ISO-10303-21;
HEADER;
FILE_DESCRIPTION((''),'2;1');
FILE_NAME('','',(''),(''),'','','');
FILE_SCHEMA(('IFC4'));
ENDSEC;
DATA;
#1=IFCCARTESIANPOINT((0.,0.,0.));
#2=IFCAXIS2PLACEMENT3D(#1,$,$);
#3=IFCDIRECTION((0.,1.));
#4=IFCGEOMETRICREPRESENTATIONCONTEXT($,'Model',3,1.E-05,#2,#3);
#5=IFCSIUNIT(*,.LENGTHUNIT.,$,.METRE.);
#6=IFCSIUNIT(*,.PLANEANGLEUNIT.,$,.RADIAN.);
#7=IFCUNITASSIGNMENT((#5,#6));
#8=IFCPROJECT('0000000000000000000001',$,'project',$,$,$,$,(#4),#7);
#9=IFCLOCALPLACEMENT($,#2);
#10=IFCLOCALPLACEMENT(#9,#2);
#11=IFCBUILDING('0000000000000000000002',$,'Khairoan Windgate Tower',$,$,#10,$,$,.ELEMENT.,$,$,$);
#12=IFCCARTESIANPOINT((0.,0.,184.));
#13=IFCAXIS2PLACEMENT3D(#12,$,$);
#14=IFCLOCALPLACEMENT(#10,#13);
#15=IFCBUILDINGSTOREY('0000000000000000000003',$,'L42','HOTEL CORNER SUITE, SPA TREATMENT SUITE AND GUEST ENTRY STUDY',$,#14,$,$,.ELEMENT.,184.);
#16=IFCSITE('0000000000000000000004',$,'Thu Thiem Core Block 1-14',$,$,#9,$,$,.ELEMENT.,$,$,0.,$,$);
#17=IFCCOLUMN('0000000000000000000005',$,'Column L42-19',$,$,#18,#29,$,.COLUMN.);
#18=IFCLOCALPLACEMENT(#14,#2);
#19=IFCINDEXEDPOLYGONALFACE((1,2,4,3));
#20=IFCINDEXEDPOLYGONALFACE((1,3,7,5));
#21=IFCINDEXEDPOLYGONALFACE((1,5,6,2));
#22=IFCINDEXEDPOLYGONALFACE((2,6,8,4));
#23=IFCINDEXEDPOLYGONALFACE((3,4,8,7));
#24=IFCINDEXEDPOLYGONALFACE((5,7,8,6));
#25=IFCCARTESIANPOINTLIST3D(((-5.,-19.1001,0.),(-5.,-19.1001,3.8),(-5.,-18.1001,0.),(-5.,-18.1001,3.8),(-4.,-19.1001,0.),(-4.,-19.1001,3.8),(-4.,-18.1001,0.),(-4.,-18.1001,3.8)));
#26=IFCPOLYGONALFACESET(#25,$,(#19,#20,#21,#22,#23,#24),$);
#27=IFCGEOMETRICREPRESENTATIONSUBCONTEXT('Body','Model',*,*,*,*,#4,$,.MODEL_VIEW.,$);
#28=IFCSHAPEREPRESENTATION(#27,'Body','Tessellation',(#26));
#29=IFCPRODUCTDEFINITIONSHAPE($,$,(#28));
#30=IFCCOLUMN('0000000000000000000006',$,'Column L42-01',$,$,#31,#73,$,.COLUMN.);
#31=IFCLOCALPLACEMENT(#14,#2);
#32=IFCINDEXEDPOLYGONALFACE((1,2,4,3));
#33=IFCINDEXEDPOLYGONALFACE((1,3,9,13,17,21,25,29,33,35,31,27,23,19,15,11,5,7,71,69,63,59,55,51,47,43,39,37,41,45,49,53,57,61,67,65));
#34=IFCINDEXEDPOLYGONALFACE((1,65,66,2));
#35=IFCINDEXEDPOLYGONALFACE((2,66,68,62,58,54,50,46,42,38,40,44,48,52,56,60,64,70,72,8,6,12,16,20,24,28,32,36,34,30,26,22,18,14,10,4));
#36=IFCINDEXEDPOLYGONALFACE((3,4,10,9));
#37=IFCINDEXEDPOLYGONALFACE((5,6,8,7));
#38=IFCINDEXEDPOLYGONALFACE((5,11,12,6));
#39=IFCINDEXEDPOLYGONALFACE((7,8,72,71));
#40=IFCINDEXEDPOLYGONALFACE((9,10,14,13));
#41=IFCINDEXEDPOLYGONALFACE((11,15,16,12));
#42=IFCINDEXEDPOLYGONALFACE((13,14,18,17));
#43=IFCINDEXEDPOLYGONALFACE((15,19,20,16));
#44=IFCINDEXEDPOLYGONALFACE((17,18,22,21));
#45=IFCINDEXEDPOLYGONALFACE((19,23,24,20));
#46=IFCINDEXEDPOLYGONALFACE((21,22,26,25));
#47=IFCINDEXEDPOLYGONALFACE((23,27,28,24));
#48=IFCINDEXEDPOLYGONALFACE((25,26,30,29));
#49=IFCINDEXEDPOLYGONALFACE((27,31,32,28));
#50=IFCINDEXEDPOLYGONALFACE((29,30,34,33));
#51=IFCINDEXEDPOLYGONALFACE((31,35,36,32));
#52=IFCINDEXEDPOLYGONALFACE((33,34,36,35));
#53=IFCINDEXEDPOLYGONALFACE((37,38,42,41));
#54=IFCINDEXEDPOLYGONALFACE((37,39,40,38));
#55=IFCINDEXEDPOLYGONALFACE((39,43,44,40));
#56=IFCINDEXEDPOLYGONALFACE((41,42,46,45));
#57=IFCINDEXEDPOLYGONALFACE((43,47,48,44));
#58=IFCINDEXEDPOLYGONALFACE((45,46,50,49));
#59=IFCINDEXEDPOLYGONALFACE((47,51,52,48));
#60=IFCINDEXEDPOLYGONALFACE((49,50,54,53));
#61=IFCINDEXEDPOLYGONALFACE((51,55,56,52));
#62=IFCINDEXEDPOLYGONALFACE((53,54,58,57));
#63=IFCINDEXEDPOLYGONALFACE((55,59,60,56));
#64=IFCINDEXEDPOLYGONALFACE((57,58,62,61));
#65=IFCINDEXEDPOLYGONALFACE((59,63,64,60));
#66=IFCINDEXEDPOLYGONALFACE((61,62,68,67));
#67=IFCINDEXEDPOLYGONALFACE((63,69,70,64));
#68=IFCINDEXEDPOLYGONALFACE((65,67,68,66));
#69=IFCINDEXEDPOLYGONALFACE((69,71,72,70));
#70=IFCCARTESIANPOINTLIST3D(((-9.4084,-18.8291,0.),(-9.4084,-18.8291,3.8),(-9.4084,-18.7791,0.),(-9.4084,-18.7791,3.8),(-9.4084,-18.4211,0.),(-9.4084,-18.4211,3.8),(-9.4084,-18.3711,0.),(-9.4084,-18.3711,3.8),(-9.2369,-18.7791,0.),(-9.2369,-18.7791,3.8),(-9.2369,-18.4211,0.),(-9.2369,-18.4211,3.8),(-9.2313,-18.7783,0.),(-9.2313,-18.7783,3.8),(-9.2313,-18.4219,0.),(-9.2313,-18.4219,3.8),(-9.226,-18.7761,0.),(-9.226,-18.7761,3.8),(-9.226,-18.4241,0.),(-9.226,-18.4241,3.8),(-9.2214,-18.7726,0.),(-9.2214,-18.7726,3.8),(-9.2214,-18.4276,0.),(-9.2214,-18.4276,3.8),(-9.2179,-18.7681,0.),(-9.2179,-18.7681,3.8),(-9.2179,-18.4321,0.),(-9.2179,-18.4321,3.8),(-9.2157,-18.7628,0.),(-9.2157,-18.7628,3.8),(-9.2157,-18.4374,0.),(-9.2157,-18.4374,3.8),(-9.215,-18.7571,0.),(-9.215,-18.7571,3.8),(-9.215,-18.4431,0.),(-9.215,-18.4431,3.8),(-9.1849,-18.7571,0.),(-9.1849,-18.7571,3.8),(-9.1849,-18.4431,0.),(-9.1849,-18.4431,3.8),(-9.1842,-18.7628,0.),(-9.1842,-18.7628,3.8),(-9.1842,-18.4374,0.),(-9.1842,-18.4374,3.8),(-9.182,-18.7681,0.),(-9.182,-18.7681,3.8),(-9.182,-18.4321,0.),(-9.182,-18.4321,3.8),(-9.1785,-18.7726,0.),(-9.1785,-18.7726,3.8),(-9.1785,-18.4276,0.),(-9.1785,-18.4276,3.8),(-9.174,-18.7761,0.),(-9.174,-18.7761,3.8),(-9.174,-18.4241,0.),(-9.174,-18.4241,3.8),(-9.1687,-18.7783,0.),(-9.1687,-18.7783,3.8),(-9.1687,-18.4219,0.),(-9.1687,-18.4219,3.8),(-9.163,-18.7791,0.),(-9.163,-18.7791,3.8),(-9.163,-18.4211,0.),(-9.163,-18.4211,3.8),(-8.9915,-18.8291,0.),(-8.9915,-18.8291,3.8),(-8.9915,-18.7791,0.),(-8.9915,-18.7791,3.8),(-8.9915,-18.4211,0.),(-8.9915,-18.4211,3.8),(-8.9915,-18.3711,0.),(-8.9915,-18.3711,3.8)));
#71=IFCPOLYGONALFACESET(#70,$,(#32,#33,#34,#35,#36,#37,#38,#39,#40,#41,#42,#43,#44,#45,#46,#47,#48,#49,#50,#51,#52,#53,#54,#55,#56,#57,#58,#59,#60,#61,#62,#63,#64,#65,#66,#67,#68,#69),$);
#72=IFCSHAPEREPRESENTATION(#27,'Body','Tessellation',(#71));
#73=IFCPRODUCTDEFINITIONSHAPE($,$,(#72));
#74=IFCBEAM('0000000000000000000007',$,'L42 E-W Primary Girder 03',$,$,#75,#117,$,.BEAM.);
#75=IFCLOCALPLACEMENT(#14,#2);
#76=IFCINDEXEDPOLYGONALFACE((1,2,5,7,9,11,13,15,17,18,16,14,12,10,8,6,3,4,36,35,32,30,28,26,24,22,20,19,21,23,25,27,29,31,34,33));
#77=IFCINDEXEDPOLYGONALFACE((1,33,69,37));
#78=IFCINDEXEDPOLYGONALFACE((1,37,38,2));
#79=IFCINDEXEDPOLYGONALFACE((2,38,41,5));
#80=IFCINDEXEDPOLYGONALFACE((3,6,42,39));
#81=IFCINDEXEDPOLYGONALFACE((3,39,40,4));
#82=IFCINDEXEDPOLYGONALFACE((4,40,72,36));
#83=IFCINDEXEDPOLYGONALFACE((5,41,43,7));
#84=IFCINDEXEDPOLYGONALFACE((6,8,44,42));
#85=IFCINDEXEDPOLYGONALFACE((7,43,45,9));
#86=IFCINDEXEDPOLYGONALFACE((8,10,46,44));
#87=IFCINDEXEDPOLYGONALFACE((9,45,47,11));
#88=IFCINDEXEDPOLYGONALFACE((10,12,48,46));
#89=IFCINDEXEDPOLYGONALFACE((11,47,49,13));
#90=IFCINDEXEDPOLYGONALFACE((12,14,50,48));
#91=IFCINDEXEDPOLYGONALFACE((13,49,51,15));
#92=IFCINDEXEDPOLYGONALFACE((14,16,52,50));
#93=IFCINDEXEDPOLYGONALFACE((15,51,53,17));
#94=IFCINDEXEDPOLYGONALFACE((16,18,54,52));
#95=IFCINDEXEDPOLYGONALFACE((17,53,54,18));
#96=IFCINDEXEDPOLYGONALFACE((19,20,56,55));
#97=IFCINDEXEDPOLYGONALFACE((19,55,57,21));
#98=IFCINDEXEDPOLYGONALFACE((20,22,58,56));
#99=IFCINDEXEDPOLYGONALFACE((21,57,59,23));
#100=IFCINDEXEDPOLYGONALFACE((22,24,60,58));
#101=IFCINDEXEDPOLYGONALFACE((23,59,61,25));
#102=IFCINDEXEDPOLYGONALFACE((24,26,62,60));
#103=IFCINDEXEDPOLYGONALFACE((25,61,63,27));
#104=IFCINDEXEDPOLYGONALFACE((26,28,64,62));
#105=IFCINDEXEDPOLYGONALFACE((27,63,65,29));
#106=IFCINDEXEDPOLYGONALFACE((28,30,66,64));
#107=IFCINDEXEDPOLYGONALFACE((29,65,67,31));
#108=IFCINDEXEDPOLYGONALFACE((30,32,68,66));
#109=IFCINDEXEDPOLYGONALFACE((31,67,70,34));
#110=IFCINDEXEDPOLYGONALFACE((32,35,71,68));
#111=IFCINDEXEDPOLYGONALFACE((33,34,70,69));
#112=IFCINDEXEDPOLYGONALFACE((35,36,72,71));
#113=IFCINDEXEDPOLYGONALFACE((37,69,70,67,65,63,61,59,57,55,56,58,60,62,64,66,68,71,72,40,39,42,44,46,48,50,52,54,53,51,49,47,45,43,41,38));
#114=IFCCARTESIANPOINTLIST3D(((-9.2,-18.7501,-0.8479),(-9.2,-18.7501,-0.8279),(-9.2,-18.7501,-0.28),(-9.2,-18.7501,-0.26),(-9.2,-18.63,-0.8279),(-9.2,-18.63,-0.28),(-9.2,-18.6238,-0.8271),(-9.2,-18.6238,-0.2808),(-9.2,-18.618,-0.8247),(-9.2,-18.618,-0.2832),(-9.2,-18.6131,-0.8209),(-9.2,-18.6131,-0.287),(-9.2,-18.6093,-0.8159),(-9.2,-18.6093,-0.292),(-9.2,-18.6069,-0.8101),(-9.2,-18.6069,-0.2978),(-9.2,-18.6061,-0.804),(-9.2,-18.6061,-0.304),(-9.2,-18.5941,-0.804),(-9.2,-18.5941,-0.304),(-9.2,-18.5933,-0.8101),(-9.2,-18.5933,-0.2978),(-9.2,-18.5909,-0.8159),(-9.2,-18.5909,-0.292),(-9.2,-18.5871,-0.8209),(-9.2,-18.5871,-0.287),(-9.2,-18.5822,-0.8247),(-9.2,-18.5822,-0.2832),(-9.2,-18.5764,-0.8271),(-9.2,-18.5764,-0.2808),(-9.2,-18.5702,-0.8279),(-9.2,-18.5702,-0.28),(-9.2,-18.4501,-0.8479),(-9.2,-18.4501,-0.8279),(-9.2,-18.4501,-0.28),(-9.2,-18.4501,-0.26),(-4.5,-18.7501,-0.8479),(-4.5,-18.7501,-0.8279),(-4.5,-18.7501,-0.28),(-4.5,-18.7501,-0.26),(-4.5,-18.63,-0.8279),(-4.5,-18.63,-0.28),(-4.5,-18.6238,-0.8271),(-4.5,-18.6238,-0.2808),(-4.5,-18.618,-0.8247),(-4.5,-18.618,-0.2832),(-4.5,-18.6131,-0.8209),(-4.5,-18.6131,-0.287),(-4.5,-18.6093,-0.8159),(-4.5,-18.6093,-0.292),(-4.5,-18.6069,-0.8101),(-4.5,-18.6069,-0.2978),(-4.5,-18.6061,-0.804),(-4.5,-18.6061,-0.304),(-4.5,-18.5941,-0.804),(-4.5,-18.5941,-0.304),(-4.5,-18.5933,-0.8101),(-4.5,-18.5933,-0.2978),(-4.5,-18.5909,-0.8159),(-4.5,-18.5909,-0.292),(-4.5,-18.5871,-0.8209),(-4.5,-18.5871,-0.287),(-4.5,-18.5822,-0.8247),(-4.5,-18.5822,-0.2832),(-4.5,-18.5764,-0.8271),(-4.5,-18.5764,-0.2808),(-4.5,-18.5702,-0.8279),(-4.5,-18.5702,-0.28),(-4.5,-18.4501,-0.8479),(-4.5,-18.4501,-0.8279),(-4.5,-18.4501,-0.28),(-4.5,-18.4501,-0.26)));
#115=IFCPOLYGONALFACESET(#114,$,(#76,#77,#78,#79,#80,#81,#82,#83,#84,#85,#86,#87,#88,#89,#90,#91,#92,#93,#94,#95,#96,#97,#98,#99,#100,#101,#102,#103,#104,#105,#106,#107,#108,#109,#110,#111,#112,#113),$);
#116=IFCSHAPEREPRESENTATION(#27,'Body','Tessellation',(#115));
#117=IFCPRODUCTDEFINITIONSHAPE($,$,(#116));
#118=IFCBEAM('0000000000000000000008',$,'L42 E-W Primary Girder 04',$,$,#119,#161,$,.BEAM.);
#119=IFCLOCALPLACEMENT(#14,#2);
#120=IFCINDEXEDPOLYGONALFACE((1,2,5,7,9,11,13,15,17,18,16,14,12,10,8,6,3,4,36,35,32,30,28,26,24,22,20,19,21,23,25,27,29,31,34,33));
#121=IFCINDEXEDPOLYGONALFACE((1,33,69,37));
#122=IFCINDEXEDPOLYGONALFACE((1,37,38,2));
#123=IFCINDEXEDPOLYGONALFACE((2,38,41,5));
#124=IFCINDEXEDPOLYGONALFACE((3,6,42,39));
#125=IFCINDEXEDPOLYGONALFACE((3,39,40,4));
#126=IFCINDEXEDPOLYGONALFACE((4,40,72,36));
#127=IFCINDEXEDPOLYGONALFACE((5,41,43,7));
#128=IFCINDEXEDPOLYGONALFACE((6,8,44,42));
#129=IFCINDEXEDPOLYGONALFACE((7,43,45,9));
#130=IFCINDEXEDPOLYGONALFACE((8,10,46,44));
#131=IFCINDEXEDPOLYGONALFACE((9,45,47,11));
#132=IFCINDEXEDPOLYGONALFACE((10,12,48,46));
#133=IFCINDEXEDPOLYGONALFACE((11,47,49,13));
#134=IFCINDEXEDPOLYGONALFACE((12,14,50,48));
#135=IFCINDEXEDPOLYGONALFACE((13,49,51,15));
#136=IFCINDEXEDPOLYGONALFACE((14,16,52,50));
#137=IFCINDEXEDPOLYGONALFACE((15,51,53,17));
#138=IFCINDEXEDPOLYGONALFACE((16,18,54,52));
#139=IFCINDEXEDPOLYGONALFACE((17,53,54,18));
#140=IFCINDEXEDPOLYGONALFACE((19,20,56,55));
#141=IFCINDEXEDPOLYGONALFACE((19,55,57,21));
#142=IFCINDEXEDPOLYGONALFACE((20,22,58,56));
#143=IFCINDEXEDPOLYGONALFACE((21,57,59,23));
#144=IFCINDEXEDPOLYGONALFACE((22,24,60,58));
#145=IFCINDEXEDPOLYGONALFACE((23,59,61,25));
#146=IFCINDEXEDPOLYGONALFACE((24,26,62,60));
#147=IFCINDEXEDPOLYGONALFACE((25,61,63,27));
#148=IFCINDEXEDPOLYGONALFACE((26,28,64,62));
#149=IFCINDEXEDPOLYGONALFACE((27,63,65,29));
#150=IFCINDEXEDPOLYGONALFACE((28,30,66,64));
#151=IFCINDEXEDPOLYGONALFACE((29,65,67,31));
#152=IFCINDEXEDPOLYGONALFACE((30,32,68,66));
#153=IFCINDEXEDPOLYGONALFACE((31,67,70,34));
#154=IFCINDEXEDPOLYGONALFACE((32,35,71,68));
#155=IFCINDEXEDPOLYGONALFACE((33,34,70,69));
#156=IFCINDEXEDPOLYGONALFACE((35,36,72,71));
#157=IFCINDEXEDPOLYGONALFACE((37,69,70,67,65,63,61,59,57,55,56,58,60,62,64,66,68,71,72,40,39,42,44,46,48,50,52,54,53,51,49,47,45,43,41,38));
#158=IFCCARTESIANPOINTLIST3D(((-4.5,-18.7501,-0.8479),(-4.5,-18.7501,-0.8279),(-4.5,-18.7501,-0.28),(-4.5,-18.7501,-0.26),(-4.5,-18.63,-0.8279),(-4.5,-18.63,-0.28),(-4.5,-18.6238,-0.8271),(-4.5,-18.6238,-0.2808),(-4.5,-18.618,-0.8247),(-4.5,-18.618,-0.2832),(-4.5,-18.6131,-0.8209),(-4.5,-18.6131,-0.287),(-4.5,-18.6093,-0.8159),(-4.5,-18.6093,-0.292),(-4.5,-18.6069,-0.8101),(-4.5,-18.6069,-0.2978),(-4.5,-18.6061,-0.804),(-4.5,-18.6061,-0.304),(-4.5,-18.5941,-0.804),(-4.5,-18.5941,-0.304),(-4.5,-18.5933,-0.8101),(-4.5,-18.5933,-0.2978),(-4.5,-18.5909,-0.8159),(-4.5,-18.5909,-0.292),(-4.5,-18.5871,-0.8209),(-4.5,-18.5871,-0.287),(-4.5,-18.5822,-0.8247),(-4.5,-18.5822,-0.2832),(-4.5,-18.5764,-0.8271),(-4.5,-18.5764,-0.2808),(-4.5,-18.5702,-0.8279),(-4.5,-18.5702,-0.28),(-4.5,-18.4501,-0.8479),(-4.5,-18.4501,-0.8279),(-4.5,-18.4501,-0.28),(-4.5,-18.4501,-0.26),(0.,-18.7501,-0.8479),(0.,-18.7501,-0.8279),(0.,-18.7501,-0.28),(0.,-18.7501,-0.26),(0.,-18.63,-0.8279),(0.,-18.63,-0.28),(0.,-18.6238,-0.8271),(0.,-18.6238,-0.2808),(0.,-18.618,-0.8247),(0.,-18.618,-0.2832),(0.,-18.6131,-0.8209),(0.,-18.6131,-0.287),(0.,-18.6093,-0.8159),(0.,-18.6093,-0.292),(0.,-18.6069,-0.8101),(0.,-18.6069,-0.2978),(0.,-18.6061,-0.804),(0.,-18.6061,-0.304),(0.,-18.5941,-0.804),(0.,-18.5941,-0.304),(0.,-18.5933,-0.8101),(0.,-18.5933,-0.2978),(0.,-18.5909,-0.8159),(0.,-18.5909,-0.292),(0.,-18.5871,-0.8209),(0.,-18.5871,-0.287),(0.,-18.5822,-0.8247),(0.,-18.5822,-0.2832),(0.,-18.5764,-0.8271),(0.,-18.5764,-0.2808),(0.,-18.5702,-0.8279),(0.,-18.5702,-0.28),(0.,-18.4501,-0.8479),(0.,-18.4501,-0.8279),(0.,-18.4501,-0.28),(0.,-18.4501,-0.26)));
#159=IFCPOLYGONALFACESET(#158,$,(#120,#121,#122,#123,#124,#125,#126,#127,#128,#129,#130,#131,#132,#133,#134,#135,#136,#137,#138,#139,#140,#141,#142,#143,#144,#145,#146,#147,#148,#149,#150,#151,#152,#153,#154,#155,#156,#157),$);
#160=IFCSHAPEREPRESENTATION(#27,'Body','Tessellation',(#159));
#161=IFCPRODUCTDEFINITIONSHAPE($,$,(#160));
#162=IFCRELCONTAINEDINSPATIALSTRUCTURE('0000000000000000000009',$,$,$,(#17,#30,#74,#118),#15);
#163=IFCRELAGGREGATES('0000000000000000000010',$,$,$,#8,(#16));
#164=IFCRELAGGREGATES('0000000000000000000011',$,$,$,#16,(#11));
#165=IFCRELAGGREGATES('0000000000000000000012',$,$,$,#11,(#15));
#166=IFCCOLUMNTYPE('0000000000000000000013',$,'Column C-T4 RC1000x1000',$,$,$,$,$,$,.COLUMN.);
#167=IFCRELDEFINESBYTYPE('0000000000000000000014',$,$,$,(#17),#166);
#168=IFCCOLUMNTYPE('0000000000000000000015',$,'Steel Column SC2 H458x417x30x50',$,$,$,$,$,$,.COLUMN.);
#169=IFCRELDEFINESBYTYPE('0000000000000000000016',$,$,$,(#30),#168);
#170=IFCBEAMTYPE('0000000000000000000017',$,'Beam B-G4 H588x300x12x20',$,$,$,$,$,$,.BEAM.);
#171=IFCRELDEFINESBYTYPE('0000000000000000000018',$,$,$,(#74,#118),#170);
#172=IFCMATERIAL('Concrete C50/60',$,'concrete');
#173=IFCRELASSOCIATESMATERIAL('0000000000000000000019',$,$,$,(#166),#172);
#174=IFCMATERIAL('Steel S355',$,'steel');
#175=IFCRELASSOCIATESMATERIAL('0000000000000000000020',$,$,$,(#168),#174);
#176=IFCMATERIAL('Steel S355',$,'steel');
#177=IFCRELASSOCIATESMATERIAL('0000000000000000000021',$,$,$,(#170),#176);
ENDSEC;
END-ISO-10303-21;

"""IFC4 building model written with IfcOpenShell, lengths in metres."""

from ifc_helpers import new_model, si_unit, direction, frame, origin, origin_2d, place, context, subcontext, project, spatial, rectangle, i_section, extrude, material, material_profile, profile_set, type_object, element, save


model = new_model("IFC4")

# Units and contexts
model_context = context("Model", 3, precision=1e-05, world=origin(), true_north=direction((0.0, 1.0)))
body_context = subcontext(model_context, "Body", "Model", "MODEL_VIEW")
ifc_project = project(units=[si_unit("LENGTHUNIT", "METRE"), si_unit("PLANEANGLEUNIT", "RADIAN")], contexts=[model_context])

# Site, building, storey
site_placement = place(None, origin())
site = spatial("IfcSite", under=ifc_project, at=site_placement, Name="Thu Thiem Core Block 1-14", CompositionType="ELEMENT", RefElevation=0.0)
building_placement = place(site_placement, origin())
building = spatial("IfcBuilding", under=site, at=building_placement, Name="Khairoan Windgate Tower", CompositionType="ELEMENT")
storey_placement = place(building_placement, frame((0.0, 0.0, 184.0)))
storey = spatial("IfcBuildingStorey", under=building, at=storey_placement, Name="L42", Description="HOTEL CORNER SUITE, SPA TREATMENT SUITE AND GUEST ENTRY STUDY", CompositionType="ELEMENT", Elevation=184.0)

# Columns
ifc_material_1 = material(Name="Concrete C50/60", Category="concrete")
ifc_material_profile_1 = material_profile(ifc_material_1, rectangle(XDim=1.0, YDim=1.0, at=origin_2d()))
ifc_profile_set_1 = profile_set([ifc_material_profile_1], Name="Concrete C50/60")
column_type_1 = type_object("IfcColumnType", Name="Column C-T4 RC1000x1000", PredefinedType="COLUMN", material=ifc_profile_set_1)
column_1_placement = place(storey_placement, frame((-4.5, -18.6001, 0.0), z_axis=(0.0, 0.0, 1.0), x_axis=(1.0, 0.0, 0.0)))
element("IfcColumn", 1, at=column_1_placement, inside=storey, type_object=column_type_1, Name="Column L42-19", PredefinedType="COLUMN", context=body_context, shape_type="SweptSolid", body=[
    extrude(rectangle(XDim=1.0, YDim=1.0, at=origin_2d()), origin(), (0.0, 0.0, 1.0), 3.8),
])
ifc_material_2 = material(Name="Steel S355", Category="steel")
ifc_material_profile_2 = material_profile(ifc_material_2, i_section(OverallWidth=0.417, OverallDepth=0.458, WebThickness=0.03, FlangeThickness=0.05, FilletRadius=0.022, at=origin_2d()))
ifc_profile_set_2 = profile_set([ifc_material_profile_2], Name="Steel S355")
column_type_2 = type_object("IfcColumnType", Name="Steel Column SC2 H458x417x30x50", PredefinedType="COLUMN", material=ifc_profile_set_2)
column_2_placement = place(storey_placement, frame((-9.2, -18.6001, 0.0), z_axis=(0.0, 0.0, 1.0), x_axis=(1.0, 0.0, 0.0)))
element("IfcColumn", 2, at=column_2_placement, inside=storey, type_object=column_type_2, Name="Column L42-01", PredefinedType="COLUMN", context=body_context, shape_type="SweptSolid", body=[
    extrude(i_section(OverallWidth=0.417, OverallDepth=0.458, WebThickness=0.03, FlangeThickness=0.05, FilletRadius=0.022, at=origin_2d()), origin(), (0.0, 0.0, 1.0), 3.8),
])

# Beams
ifc_material_3 = material(Name="Steel S355", Category="steel")
ifc_material_profile_3 = material_profile(ifc_material_3, i_section(OverallWidth=0.3, OverallDepth=0.5879, WebThickness=0.012, FlangeThickness=0.02, FilletRadius=0.0239, at=origin_2d()))
ifc_profile_set_3 = profile_set([ifc_material_profile_3], Name="Steel S355")
beam_type_1 = type_object("IfcBeamType", Name="Beam B-G4 H588x300x12x20", PredefinedType="BEAM", material=ifc_profile_set_3)
beam_1_placement = place(storey_placement, frame((-9.2, -18.6001, -0.554), z_axis=(1.0, 0.0, 0.0), x_axis=(0.0, 1.0, 0.0)))
element("IfcBeam", 3, at=beam_1_placement, inside=storey, type_object=beam_type_1, Name="L42 E-W Primary Girder 03", PredefinedType="BEAM", context=body_context, shape_type="SweptSolid", body=[
    extrude(i_section(OverallWidth=0.3, OverallDepth=0.5879, WebThickness=0.012, FlangeThickness=0.02, FilletRadius=0.0239, at=origin_2d()), origin(), (0.0, 0.0, 1.0), 4.7),
])
beam_2_placement = place(storey_placement, frame((-4.5, -18.6001, -0.554), z_axis=(1.0, 0.0, 0.0), x_axis=(0.0, 1.0, 0.0)))
element("IfcBeam", 4, at=beam_2_placement, inside=storey, type_object=beam_type_1, Name="L42 E-W Primary Girder 04", PredefinedType="BEAM", context=body_context, shape_type="SweptSolid", body=[
    extrude(i_section(OverallWidth=0.3, OverallDepth=0.5879, WebThickness=0.012, FlangeThickness=0.02, FilletRadius=0.0239, at=origin_2d()), origin(), (0.0, 0.0, 1.0), 4.5),
])

save(model, "model.ifc")
